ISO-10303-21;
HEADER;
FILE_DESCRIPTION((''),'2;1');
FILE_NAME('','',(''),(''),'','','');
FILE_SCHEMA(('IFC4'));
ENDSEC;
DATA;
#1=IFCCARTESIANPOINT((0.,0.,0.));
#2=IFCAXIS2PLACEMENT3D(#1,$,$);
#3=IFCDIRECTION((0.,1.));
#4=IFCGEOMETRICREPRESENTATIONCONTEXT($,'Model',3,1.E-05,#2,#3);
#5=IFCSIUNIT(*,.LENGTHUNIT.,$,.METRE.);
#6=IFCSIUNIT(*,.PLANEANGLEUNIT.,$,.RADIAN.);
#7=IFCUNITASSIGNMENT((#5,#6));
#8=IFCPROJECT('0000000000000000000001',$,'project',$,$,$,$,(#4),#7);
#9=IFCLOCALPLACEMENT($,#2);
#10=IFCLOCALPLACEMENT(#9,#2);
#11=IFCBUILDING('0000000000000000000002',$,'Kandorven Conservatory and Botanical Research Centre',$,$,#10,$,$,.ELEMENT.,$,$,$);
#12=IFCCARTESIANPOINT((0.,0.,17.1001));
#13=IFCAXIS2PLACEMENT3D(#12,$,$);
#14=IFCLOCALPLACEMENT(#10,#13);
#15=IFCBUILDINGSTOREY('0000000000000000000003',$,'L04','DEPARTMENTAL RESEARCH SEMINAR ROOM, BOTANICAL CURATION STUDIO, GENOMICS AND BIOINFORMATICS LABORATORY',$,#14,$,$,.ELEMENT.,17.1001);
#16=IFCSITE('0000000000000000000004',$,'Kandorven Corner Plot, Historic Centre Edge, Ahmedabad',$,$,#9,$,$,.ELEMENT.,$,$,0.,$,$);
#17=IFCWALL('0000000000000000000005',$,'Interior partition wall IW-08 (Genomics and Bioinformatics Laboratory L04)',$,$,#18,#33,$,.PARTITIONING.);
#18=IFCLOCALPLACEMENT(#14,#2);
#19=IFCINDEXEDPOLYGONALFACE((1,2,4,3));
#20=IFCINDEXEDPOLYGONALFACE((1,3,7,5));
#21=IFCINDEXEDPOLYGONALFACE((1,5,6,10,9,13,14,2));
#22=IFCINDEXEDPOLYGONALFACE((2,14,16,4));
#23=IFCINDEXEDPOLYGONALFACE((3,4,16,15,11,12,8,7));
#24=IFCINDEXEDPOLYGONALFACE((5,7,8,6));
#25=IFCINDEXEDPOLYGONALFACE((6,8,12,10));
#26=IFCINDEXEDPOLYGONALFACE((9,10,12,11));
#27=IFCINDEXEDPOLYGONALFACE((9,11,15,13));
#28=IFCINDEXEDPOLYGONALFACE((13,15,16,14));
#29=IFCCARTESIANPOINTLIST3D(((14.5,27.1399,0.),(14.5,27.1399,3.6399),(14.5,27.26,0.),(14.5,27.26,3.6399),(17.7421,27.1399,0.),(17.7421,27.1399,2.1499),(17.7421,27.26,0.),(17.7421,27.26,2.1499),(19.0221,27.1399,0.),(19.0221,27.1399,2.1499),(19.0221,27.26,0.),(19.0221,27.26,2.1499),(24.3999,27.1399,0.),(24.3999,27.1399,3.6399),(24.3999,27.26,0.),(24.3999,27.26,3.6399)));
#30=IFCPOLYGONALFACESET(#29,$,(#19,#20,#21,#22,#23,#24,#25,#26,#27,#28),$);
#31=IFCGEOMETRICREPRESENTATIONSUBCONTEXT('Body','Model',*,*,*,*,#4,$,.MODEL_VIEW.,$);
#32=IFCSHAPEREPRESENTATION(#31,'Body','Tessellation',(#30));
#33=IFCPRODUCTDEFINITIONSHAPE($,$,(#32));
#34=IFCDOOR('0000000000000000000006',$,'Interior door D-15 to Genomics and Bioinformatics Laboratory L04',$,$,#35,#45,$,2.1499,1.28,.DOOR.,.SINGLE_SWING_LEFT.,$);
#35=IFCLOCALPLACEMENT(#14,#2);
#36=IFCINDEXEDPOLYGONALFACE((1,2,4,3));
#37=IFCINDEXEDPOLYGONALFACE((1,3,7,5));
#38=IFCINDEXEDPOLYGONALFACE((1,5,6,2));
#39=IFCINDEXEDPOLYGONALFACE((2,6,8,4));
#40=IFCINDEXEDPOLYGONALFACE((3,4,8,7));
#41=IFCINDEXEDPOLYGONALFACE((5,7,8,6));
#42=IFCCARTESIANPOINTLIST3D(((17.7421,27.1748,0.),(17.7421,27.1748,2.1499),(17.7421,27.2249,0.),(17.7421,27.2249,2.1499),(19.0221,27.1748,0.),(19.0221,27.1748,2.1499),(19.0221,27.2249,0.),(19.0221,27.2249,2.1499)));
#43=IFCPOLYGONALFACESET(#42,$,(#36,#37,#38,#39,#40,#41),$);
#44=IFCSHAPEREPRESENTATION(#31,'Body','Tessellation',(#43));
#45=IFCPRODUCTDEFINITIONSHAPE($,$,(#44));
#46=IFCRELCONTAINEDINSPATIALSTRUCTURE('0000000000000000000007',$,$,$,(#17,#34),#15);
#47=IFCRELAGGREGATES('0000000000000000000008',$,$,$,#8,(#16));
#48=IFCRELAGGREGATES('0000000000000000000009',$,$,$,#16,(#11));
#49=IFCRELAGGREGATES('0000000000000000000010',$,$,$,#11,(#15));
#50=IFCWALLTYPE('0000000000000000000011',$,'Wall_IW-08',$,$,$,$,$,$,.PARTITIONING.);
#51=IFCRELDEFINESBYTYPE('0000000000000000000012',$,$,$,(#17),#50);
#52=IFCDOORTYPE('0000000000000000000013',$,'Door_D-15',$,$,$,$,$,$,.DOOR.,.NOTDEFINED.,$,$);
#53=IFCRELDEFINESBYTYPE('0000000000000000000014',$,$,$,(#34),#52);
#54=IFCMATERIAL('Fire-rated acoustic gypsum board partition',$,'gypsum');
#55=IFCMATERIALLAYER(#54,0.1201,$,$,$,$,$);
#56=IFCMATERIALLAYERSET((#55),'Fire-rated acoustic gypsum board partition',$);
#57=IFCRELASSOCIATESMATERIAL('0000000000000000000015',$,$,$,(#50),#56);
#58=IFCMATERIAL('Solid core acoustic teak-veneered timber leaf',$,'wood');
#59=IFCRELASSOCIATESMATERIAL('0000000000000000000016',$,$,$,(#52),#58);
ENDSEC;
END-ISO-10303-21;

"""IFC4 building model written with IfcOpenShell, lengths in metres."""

from ifc_helpers import new_model, si_unit, direction, frame, frame_2d, origin, place, context, subcontext, project, spatial, rectangle, extrude, material, layer, layer_set, type_object, element, fill, save


model = new_model("IFC4")

# Units and contexts
model_context = context("Model", 3, precision=1e-05, world=origin(), true_north=direction((0.0, 1.0)))
body_context = subcontext(model_context, "Body", "Model", "MODEL_VIEW")
ifc_project = project(units=[si_unit("LENGTHUNIT", "METRE"), si_unit("PLANEANGLEUNIT", "RADIAN")], contexts=[model_context])

# Site, building, storey
site_placement = place(None, origin())
site = spatial("IfcSite", under=ifc_project, at=site_placement, Name="Kandorven Corner Plot, Historic Centre Edge, Ahmedabad", CompositionType="ELEMENT", RefElevation=0.0)
building_placement = place(site_placement, origin())
building = spatial("IfcBuilding", under=site, at=building_placement, Name="Kandorven Conservatory and Botanical Research Centre", CompositionType="ELEMENT")
storey_placement = place(building_placement, frame((0.0, 0.0, 17.1001)))
storey = spatial("IfcBuildingStorey", under=building, at=storey_placement, Name="L04", Description="DEPARTMENTAL RESEARCH SEMINAR ROOM, BOTANICAL CURATION STUDIO, GENOMICS AND BIOINFORMATICS LABORATORY", CompositionType="ELEMENT", Elevation=17.1001)

# Wall, opening, door
ifc_material_1 = material(Name="Fire-rated acoustic gypsum board partition", Category="gypsum")
ifc_layer_1 = layer(ifc_material_1, 0.1201)
ifc_layer_set_1 = layer_set([ifc_layer_1], Name="Fire-rated acoustic gypsum board partition")
wall_type_1 = type_object("IfcWallType", Name="Wall_IW-08", PredefinedType="PARTITIONING", material=ifc_layer_set_1)
wall_1_placement = place(storey_placement, frame((14.5, 27.2, 0.0), z_axis=(0.0, 0.0, 1.0), x_axis=(1.0, 0.0, 0.0)))
wall_1 = element("IfcWall", 1, at=wall_1_placement, inside=storey, type_object=wall_type_1, Name="Interior partition wall IW-08 (Genomics and Bioinformatics Laboratory L04)", PredefinedType="PARTITIONING", context=body_context, shape_type="SweptSolid", body=[
    extrude(rectangle(XDim=9.8999, YDim=0.1201, at=frame_2d((4.95, 0.0))), origin(), (0.0, 0.0, 1.0), 3.6399),
])
opening_1_placement = place(wall_1_placement, frame((3.2419, 0.0, 0.0)))
opening_1 = element("IfcOpeningElement", 2, at=opening_1_placement, cuts=wall_1, PredefinedType="OPENING", context=body_context, shape_type="SweptSolid", body=[
    extrude(rectangle(XDim=1.28, YDim=2.1499, at=frame_2d((0.6401, 1.075))), frame((0.0, 0.0701, 0.0), z_axis=(0.0, -1.0, 0.0), x_axis=(1.0, 0.0, 0.0)), (0.0, 0.0, 1.0), 0.1401),
])
ifc_material_2 = material(Name="Solid core acoustic teak-veneered timber leaf", Category="wood")
door_type_1 = type_object("IfcDoorType", Name="Door_D-15", OperationType="NOTDEFINED", PredefinedType="DOOR", material=ifc_material_2)
door_1_placement = place(opening_1_placement, origin())
door_1 = element("IfcDoor", 3, at=door_1_placement, inside=storey, type_object=door_type_1, Name="Interior door D-15 to Genomics and Bioinformatics Laboratory L04", OperationType="SINGLE_SWING_LEFT", OverallHeight=2.1499, OverallWidth=1.28, PredefinedType="DOOR", context=body_context, shape_type="SweptSolid", body=[
    extrude(rectangle(XDim=1.28, YDim=2.1499, at=frame_2d((0.6401, 1.075))), frame((0.0, 0.0249, 0.0), z_axis=(0.0, -1.0, 0.0), x_axis=(1.0, 0.0, 0.0)), (0.0, 0.0, 1.0), 0.05),
])
fill(opening_1, door_1)

save(model, "model.ifc")
